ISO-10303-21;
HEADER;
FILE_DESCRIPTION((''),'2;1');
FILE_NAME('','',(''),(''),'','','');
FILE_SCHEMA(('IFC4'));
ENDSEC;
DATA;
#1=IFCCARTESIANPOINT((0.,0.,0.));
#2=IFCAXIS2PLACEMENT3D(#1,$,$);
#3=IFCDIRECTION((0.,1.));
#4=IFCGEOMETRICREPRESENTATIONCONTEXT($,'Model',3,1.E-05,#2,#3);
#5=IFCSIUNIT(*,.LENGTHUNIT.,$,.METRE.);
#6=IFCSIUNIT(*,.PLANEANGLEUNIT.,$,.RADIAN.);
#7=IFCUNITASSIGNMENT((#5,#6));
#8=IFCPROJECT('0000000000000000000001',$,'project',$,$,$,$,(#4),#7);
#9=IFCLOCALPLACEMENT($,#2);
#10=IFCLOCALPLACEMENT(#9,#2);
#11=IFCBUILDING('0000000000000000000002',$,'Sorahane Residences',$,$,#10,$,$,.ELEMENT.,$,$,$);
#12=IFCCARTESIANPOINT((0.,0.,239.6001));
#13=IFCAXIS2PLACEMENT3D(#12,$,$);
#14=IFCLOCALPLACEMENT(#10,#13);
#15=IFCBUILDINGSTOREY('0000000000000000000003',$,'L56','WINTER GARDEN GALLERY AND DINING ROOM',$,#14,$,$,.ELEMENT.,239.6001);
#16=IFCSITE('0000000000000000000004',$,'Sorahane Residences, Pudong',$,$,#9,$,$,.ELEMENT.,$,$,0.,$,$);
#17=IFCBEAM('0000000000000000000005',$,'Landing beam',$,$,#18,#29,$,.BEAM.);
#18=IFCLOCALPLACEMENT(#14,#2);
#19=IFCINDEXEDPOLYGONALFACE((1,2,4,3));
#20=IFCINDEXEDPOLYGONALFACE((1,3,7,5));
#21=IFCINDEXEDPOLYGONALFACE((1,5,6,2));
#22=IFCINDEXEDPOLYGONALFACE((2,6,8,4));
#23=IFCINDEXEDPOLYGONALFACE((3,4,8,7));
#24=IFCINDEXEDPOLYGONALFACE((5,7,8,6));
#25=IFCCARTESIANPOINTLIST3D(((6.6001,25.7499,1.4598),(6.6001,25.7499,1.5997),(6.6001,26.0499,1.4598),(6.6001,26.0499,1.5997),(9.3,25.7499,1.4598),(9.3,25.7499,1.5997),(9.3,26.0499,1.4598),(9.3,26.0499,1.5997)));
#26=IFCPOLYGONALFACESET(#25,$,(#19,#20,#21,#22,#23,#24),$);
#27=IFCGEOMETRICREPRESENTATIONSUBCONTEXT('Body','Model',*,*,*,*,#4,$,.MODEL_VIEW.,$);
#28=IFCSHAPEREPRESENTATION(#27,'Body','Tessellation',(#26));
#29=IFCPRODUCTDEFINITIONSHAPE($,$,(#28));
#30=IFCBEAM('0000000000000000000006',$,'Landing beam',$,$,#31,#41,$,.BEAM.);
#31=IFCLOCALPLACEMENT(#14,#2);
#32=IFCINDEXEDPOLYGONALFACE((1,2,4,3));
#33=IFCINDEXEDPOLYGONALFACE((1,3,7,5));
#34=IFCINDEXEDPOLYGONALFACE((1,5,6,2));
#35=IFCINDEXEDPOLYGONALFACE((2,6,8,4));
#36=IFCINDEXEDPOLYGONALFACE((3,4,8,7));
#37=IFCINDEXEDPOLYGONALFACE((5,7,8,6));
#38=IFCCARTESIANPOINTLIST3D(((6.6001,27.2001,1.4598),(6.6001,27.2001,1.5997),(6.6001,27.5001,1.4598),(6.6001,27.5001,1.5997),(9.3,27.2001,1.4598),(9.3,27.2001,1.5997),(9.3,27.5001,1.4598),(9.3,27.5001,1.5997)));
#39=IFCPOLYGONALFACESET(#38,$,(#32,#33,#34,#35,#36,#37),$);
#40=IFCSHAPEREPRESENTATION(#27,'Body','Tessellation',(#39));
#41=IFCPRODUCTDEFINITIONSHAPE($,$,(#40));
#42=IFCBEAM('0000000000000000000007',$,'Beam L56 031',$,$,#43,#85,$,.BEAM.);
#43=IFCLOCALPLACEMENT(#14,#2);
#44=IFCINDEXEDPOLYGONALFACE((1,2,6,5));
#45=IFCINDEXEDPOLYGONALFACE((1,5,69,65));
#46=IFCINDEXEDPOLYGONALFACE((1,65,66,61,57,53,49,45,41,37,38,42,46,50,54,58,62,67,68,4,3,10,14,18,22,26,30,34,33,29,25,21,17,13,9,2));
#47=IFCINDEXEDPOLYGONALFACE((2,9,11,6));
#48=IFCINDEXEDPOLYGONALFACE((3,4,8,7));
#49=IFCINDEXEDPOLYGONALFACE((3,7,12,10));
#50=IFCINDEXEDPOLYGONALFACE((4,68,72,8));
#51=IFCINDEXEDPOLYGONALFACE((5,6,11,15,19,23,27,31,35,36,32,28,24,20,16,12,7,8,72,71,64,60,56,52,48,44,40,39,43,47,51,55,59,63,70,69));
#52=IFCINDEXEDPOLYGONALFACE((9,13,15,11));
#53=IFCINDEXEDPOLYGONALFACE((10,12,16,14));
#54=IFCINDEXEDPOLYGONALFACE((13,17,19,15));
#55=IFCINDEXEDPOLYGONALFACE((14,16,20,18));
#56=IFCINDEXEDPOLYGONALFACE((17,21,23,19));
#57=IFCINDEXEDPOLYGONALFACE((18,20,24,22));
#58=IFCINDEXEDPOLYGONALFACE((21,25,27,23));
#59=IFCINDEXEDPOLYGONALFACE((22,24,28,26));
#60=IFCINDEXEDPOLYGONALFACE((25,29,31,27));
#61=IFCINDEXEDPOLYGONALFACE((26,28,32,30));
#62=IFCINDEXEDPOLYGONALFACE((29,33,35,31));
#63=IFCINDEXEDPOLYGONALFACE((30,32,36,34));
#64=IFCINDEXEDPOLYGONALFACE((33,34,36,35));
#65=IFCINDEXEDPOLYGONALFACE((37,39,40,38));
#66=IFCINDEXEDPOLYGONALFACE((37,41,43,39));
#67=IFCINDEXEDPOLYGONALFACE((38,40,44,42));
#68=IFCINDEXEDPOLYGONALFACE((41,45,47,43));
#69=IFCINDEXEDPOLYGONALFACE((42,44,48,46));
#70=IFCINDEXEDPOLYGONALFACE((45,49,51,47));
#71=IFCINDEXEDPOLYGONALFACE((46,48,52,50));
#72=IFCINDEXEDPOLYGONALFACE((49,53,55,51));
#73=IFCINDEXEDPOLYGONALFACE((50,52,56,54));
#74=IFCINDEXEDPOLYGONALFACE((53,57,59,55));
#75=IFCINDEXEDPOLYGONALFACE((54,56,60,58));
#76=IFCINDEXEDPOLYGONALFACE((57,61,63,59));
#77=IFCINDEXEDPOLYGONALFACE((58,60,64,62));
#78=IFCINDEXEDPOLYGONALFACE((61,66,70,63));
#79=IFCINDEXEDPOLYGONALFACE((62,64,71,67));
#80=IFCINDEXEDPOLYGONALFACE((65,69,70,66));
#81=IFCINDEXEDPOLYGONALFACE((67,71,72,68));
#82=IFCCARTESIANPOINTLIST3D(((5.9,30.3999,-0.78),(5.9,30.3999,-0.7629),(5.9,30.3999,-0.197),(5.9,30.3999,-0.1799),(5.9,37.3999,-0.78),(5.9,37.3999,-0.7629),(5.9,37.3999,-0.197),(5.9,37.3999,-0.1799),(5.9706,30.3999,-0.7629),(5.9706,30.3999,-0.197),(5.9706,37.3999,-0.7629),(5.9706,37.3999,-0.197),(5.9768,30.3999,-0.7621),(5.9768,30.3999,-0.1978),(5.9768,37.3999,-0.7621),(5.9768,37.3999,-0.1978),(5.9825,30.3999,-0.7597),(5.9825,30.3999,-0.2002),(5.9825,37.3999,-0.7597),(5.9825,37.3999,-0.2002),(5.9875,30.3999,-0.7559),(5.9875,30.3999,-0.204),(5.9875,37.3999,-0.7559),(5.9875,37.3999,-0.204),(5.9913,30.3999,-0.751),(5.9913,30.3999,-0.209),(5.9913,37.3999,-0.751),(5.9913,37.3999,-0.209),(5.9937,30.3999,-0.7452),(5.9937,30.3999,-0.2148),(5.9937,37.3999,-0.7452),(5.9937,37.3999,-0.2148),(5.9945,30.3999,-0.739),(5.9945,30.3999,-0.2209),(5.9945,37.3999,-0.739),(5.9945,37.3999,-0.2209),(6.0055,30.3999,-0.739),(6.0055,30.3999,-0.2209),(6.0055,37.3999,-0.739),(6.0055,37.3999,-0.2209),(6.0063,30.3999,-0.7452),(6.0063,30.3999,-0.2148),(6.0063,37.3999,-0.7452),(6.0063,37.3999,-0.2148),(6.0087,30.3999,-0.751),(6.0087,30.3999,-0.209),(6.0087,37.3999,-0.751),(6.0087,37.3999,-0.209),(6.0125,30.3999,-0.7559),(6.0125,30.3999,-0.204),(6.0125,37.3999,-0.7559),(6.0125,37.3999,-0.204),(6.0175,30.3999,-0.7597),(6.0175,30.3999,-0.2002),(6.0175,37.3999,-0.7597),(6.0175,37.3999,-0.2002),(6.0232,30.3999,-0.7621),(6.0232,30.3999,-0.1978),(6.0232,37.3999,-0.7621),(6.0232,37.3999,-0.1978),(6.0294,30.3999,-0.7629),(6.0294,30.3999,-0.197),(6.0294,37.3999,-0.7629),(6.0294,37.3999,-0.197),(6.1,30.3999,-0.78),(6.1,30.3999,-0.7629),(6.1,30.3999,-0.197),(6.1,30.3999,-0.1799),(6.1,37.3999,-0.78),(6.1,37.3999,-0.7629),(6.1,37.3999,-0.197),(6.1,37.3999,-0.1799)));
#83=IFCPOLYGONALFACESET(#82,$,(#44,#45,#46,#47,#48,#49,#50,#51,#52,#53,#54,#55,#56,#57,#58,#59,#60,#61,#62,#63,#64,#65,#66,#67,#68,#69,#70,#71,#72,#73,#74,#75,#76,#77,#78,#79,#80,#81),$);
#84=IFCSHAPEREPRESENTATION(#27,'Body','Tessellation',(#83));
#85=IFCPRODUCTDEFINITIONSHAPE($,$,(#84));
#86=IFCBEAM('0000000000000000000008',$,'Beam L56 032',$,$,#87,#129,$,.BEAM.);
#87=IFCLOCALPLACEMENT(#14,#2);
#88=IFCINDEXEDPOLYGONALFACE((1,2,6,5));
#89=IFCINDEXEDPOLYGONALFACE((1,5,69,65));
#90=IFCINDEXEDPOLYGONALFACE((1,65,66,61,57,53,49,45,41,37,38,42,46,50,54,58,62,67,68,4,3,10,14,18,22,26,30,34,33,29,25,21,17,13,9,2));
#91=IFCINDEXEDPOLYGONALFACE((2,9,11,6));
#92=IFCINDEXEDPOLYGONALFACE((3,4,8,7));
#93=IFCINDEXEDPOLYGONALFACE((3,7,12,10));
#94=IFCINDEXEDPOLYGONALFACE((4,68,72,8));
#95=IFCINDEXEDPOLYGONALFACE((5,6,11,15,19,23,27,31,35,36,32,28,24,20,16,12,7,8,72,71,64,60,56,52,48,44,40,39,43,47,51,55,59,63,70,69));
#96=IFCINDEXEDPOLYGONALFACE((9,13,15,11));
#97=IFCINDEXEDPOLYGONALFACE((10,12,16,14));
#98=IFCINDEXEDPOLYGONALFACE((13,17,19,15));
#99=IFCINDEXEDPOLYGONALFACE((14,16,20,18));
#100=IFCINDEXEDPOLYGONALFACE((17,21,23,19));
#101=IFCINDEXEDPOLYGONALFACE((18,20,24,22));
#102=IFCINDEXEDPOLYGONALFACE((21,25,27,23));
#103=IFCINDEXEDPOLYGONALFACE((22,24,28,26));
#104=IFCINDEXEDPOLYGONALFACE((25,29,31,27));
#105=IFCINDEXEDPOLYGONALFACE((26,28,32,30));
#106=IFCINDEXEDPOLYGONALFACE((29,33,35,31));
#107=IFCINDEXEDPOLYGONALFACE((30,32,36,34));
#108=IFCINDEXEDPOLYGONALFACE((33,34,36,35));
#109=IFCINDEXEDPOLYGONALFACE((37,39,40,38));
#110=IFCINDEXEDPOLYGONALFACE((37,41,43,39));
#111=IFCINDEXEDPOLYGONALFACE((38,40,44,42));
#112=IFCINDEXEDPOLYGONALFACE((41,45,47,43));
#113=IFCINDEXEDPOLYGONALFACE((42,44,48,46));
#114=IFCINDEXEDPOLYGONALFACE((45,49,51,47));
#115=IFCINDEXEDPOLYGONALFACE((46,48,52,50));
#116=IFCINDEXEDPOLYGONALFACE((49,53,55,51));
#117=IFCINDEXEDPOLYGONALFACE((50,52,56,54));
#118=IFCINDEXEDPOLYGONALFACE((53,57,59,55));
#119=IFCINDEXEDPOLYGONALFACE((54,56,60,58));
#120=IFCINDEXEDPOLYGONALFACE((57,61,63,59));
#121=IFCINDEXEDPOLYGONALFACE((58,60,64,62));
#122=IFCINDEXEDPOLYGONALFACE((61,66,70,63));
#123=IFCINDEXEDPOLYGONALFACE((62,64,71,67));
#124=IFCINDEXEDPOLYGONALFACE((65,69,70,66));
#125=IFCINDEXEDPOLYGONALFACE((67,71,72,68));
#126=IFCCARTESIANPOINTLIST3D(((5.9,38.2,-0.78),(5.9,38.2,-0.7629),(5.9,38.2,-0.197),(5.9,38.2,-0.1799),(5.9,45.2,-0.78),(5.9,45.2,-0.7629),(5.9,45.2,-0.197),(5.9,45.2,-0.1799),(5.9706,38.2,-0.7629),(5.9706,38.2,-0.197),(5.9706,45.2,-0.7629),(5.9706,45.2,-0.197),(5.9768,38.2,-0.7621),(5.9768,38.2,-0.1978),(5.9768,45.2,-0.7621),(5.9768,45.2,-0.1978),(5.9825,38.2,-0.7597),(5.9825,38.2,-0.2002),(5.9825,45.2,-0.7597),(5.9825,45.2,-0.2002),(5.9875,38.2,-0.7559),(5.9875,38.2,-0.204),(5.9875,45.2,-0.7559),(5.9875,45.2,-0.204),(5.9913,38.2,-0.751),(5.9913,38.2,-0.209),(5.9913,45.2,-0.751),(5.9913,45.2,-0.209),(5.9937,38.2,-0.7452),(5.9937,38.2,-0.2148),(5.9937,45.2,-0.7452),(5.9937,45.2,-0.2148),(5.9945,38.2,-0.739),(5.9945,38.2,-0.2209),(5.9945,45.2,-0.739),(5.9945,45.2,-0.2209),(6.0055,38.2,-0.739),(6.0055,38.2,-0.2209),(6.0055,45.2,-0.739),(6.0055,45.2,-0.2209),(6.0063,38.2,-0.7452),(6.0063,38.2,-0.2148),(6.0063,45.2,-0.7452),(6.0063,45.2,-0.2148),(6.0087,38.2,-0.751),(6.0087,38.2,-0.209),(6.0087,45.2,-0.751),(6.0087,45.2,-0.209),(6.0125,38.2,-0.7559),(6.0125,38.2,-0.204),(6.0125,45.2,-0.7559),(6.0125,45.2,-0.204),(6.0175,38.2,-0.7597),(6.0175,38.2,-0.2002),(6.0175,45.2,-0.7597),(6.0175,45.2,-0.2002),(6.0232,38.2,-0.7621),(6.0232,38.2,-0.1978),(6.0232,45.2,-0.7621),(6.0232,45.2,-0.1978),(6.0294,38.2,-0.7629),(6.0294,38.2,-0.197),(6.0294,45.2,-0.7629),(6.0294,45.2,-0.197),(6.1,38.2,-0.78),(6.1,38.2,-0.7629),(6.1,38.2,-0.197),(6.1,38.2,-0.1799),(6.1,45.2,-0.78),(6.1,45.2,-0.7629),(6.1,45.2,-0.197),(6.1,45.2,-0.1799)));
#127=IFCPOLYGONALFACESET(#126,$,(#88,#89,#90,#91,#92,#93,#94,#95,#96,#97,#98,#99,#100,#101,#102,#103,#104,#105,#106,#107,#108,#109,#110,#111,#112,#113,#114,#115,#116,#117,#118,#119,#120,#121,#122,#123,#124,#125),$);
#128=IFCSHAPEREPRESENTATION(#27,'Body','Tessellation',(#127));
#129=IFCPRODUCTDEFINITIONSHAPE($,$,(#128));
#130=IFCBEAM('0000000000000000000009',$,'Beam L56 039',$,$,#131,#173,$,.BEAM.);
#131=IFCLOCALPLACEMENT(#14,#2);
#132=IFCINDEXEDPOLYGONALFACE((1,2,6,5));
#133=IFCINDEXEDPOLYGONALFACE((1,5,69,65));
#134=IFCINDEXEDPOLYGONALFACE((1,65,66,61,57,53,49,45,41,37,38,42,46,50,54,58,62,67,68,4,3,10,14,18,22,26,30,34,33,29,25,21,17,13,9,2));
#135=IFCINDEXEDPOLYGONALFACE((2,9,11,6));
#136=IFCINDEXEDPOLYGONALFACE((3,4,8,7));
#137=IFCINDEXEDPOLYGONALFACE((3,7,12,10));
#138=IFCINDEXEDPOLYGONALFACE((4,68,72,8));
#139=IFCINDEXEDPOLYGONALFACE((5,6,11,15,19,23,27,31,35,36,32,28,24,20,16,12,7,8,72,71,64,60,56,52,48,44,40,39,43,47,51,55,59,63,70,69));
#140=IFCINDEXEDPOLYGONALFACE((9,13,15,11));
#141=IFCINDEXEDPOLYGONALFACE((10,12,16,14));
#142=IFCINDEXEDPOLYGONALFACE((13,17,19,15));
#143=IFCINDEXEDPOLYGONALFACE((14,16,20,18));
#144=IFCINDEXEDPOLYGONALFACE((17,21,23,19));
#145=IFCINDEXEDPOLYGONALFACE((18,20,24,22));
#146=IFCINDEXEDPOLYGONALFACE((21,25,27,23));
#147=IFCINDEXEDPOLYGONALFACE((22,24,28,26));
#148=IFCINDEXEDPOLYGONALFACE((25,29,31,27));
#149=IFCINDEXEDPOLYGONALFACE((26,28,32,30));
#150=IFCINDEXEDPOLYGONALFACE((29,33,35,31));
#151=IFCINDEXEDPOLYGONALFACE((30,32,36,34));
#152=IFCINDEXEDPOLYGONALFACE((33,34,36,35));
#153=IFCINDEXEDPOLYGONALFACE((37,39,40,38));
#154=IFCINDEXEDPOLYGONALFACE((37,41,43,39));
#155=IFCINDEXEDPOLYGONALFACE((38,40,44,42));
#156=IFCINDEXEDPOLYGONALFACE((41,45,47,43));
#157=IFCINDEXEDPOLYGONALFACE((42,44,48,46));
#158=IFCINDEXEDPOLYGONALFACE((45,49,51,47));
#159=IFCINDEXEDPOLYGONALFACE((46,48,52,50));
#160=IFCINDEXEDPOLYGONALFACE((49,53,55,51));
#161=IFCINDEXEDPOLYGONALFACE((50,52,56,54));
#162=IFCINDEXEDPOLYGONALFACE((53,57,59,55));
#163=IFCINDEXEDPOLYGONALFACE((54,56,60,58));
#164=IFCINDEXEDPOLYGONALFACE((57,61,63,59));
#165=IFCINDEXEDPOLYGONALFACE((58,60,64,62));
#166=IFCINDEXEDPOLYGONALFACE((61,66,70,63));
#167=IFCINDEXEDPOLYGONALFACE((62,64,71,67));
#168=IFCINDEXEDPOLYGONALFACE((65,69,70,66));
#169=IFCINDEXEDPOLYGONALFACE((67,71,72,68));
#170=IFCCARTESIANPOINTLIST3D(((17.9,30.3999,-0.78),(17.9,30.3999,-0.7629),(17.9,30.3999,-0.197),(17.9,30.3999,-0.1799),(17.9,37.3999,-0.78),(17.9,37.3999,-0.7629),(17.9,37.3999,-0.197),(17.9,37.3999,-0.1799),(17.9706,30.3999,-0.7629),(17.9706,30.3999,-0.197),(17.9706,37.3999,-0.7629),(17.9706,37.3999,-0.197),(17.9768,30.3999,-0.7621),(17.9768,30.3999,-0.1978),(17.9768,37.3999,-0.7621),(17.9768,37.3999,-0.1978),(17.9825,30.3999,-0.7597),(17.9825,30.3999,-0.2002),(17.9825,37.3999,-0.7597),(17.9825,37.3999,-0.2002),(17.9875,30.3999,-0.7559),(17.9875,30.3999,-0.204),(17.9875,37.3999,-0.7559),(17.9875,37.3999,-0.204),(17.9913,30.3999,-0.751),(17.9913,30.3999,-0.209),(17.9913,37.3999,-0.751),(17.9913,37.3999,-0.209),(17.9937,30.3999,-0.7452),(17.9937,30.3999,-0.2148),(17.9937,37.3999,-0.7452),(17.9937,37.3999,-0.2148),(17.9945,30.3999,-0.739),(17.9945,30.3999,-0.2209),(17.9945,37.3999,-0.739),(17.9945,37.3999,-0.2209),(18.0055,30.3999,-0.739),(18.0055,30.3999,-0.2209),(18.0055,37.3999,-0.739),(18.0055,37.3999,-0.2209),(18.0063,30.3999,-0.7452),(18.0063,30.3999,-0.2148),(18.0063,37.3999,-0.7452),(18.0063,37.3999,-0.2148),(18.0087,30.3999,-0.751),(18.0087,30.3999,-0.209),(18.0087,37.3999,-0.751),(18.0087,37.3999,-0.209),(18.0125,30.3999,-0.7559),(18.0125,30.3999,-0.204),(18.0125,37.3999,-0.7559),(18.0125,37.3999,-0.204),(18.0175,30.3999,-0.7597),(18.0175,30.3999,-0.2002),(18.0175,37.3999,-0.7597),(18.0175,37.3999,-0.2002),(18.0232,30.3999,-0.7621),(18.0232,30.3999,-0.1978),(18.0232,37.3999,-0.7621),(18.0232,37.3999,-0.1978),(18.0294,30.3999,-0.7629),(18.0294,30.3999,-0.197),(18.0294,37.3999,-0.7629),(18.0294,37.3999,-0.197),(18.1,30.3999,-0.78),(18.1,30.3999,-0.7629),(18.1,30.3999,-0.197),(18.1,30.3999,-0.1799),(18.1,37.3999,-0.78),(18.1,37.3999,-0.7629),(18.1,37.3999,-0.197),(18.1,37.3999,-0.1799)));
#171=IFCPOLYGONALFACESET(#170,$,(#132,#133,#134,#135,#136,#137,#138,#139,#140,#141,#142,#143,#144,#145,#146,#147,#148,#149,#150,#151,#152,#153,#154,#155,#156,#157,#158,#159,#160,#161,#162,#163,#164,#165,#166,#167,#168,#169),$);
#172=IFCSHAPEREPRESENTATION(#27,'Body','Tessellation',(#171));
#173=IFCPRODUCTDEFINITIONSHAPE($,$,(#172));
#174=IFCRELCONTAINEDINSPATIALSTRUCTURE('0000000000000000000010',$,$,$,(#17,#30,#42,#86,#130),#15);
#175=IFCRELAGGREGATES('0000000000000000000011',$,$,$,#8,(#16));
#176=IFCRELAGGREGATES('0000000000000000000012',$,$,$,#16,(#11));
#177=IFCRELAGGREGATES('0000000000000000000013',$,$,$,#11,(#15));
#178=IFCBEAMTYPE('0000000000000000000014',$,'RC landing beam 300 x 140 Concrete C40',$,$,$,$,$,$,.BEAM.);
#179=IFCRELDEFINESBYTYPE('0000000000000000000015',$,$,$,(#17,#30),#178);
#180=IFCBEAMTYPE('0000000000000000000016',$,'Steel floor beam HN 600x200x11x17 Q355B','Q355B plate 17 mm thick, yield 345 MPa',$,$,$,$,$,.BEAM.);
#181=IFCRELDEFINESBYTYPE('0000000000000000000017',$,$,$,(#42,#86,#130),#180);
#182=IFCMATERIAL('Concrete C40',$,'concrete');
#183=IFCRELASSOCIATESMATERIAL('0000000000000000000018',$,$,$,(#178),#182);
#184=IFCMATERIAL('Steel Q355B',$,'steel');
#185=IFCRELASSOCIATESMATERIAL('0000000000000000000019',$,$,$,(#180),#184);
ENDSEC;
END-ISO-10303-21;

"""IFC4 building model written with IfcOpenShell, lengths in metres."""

from ifc_helpers import new_model, si_unit, direction, frame, origin, origin_2d, place, context, subcontext, project, spatial, rectangle, i_section, extrude, material, material_profile, profile_set, type_object, element, save


model = new_model("IFC4")

# Units and contexts
model_context = context("Model", 3, precision=1e-05, world=origin(), true_north=direction((0.0, 1.0)))
body_context = subcontext(model_context, "Body", "Model", "MODEL_VIEW")
ifc_project = project(units=[si_unit("LENGTHUNIT", "METRE"), si_unit("PLANEANGLEUNIT", "RADIAN")], contexts=[model_context])

# Site, building, storey
site_placement = place(None, origin())
site = spatial("IfcSite", under=ifc_project, at=site_placement, Name="Sorahane Residences, Pudong", CompositionType="ELEMENT", RefElevation=0.0)
building_placement = place(site_placement, origin())
building = spatial("IfcBuilding", under=site, at=building_placement, Name="Sorahane Residences", CompositionType="ELEMENT")
storey_placement = place(building_placement, frame((0.0, 0.0, 239.6001)))
storey = spatial("IfcBuildingStorey", under=building, at=storey_placement, Name="L56", Description="WINTER GARDEN GALLERY AND DINING ROOM", CompositionType="ELEMENT", Elevation=239.6001)

# Beams
ifc_material_1 = material(Name="Concrete C40", Category="concrete")
ifc_material_profile_1 = material_profile(ifc_material_1, rectangle(XDim=0.3, YDim=0.1399, at=origin_2d()), Name="300x140")
ifc_profile_set_1 = profile_set([ifc_material_profile_1], Name="Concrete C40")
beam_type_1 = type_object("IfcBeamType", Name="RC landing beam 300 x 140 Concrete C40", PredefinedType="BEAM", material=ifc_profile_set_1)
for number, where, z_axis, x_axis, name in (
    (1, (6.6001, 25.8999, 1.5298), (1.0, 0.0, 0.0), (0.0, 1.0, 0.0), "Landing beam"),
    (2, (6.6001, 27.3501, 1.5298), (1.0, 0.0, 0.0), (0.0, 1.0, 0.0), "Landing beam"),
):
    element("IfcBeam", number, at=place(storey_placement, frame(where, z_axis=z_axis, x_axis=x_axis)), inside=storey, type_object=beam_type_1, Name=name, PredefinedType="BEAM", context=body_context, shape_type="SweptSolid", body=[
        extrude(rectangle(XDim=0.3, YDim=0.1399, at=origin_2d()), origin(), (0.0, 0.0, 1.0), 2.7),
    ])
ifc_material_2 = material(Name="Steel Q355B", Category="steel")
ifc_material_profile_2 = material_profile(ifc_material_2, i_section(OverallWidth=0.2, OverallDepth=0.6001, WebThickness=0.011, FlangeThickness=0.0171, FilletRadius=0.0239, at=origin_2d()), Name="HN 600x200x11x17")
ifc_profile_set_2 = profile_set([ifc_material_profile_2], Name="Steel Q355B")
beam_type_2 = type_object("IfcBeamType", Name="Steel floor beam HN 600x200x11x17 Q355B", Description="Q355B plate 17 mm thick, yield 345 MPa", PredefinedType="BEAM", material=ifc_profile_set_2)
for number, where, z_axis, x_axis, name in (
    (3, (6.0, 30.3999, -0.48), (0.0, 1.0, 0.0), (-1.0, 0.0, 0.0), "Beam L56 031"),
    (4, (6.0, 38.2, -0.48), (0.0, 1.0, 0.0), (-1.0, 0.0, 0.0), "Beam L56 032"),
    (5, (18.0, 30.3999, -0.48), (0.0, 1.0, 0.0), (-1.0, 0.0, 0.0), "Beam L56 039"),
):
    element("IfcBeam", number, at=place(storey_placement, frame(where, z_axis=z_axis, x_axis=x_axis)), inside=storey, type_object=beam_type_2, Name=name, PredefinedType="BEAM", context=body_context, shape_type="SweptSolid", body=[
        extrude(i_section(OverallWidth=0.2, OverallDepth=0.6001, WebThickness=0.011, FlangeThickness=0.0171, FilletRadius=0.0239, at=origin_2d()), origin(), (0.0, 0.0, 1.0), 7.0),
    ])

save(model, "model.ifc")
